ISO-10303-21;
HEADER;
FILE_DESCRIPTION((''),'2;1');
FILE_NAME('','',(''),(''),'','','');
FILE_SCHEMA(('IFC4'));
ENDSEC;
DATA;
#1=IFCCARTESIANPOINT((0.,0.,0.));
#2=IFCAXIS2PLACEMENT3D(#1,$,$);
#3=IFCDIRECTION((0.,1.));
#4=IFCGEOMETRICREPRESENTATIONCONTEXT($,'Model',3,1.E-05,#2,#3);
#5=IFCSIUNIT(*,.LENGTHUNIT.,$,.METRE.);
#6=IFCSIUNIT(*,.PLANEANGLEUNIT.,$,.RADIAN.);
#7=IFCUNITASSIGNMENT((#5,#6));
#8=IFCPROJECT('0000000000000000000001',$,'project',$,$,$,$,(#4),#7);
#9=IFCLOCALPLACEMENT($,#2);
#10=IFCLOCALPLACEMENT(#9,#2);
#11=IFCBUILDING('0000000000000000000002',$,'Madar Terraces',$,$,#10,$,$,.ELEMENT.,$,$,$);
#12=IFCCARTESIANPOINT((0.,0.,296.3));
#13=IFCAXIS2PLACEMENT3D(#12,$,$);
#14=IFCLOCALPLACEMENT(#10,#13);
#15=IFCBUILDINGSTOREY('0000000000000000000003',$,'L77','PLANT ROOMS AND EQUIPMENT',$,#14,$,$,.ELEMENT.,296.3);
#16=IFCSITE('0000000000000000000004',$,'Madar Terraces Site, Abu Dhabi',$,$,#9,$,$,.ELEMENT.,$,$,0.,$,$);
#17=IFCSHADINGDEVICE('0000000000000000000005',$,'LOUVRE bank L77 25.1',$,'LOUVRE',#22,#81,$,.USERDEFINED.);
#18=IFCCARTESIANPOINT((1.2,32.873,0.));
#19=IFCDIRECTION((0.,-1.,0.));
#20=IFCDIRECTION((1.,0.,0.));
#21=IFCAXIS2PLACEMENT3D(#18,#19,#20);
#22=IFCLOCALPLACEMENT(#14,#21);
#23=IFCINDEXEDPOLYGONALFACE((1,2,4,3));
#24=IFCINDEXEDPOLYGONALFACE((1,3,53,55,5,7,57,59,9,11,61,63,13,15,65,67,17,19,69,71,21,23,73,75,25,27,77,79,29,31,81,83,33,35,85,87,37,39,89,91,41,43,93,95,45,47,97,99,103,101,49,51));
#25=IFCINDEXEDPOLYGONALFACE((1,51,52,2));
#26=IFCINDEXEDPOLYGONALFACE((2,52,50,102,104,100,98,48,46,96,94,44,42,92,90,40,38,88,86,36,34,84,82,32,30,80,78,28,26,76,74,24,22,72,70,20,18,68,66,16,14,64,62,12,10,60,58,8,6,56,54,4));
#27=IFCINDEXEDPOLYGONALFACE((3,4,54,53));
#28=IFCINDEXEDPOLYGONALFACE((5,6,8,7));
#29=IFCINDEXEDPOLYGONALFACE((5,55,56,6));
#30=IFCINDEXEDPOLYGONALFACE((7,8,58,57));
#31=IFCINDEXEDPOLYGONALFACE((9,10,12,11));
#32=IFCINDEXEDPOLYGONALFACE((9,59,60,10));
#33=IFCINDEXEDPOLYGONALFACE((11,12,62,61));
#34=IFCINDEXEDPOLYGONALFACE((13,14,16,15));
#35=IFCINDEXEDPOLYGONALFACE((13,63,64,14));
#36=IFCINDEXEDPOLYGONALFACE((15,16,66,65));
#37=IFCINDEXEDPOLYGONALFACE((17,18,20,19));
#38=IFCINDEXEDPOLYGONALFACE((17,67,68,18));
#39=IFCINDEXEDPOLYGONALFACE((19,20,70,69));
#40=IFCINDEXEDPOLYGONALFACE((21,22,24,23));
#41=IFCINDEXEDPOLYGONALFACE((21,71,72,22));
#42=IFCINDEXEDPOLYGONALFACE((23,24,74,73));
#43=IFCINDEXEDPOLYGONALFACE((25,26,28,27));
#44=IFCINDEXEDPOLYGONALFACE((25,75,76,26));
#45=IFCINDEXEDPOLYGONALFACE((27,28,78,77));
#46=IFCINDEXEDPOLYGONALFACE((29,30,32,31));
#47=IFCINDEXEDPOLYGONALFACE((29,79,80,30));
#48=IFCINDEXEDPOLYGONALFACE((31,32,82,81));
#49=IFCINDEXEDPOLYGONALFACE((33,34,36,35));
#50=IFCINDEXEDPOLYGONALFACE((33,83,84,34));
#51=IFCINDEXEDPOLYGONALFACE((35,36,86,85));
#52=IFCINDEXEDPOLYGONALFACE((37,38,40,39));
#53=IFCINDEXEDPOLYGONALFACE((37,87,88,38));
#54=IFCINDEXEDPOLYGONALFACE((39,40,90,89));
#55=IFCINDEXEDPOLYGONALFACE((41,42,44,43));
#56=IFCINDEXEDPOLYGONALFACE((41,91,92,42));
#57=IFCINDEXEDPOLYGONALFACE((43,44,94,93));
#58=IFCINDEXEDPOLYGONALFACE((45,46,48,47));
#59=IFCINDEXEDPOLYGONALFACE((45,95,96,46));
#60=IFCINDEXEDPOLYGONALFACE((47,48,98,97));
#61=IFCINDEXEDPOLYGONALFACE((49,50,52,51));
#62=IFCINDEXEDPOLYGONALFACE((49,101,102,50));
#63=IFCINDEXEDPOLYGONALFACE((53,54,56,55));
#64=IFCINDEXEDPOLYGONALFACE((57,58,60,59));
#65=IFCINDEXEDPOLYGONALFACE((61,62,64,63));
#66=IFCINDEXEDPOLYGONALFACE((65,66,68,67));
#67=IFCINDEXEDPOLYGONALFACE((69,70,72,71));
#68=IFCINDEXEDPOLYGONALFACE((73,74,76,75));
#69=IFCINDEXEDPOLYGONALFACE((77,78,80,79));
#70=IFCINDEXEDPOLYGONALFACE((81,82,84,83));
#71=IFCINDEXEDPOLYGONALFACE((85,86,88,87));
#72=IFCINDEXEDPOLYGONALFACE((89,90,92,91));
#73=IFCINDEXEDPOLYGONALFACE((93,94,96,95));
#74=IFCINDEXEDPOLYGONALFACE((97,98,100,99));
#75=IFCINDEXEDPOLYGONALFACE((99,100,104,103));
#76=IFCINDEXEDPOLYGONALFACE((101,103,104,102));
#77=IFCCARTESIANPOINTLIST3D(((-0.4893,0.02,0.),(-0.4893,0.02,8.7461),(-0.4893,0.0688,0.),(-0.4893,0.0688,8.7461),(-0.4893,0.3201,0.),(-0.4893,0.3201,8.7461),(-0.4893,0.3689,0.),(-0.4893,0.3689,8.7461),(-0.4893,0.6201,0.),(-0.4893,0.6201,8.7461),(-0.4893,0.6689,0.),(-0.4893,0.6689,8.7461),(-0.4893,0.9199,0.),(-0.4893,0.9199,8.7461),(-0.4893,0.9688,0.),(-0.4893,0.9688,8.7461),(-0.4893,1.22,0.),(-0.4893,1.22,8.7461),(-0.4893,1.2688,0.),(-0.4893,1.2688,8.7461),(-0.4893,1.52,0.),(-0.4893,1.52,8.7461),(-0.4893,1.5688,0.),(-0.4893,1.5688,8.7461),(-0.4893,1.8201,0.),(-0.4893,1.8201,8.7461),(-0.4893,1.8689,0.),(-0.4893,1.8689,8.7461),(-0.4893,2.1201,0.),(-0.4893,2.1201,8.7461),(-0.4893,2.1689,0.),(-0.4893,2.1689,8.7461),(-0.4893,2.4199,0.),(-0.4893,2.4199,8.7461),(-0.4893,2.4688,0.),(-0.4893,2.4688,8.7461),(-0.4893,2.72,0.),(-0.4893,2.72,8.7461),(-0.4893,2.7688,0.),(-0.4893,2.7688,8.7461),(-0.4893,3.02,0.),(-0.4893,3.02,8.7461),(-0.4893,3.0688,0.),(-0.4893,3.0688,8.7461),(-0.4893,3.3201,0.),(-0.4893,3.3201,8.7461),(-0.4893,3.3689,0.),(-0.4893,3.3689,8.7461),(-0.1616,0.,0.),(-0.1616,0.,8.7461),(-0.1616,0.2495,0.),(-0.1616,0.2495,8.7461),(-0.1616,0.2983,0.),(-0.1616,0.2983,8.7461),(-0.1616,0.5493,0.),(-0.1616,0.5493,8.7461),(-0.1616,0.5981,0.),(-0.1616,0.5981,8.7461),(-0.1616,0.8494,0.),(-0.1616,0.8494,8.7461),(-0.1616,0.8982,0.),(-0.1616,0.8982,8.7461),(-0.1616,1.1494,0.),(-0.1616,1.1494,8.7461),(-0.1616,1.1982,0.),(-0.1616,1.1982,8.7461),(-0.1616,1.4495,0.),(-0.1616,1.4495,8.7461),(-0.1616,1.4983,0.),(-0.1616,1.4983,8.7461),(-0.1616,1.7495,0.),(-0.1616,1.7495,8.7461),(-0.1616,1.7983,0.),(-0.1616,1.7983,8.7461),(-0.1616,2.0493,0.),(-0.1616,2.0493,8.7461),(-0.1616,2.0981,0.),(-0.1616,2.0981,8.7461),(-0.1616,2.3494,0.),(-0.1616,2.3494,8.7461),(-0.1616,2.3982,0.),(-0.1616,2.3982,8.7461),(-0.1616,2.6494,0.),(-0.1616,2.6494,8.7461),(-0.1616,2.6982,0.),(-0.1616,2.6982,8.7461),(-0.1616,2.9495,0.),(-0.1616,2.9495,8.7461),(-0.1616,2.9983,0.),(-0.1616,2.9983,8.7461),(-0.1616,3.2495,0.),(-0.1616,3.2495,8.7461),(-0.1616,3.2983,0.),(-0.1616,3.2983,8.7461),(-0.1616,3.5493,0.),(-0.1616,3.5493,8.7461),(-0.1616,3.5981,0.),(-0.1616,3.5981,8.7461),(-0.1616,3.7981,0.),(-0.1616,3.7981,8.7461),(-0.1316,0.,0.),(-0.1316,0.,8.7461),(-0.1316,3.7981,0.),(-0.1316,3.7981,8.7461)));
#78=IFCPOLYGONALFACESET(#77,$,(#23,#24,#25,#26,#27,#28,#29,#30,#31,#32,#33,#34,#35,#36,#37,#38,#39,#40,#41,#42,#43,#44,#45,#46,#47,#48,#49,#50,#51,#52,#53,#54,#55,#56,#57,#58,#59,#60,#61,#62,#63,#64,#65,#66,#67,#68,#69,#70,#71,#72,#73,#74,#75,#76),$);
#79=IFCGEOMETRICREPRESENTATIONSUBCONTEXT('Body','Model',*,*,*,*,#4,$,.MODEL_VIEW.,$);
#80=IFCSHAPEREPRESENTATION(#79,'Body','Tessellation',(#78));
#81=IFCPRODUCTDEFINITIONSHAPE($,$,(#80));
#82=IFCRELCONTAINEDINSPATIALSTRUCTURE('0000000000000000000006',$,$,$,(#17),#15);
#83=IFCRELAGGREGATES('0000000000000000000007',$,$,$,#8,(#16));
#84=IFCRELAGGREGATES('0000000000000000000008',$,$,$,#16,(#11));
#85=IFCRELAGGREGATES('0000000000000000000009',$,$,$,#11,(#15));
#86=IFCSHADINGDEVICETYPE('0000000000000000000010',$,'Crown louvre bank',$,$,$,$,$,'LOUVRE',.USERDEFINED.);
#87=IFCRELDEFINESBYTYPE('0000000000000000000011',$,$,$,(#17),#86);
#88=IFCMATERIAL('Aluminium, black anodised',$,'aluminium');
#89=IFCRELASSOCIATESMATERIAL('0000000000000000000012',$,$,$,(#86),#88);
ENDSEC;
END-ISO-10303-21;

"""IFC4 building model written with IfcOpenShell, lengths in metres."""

from ifc_helpers import new_model, si_unit, direction, frame, origin, place, context, subcontext, project, spatial, polyline, outline, extrude, material, type_object, element, save


model = new_model("IFC4")

# Units and contexts
model_context = context("Model", 3, precision=1e-05, world=origin(), true_north=direction((0.0, 1.0)))
body_context = subcontext(model_context, "Body", "Model", "MODEL_VIEW")
ifc_project = project(units=[si_unit("LENGTHUNIT", "METRE"), si_unit("PLANEANGLEUNIT", "RADIAN")], contexts=[model_context])

# Site, building, storey
site_placement = place(None, origin())
site = spatial("IfcSite", under=ifc_project, at=site_placement, Name="Madar Terraces Site, Abu Dhabi", CompositionType="ELEMENT", RefElevation=0.0)
building_placement = place(site_placement, origin())
building = spatial("IfcBuilding", under=site, at=building_placement, Name="Madar Terraces", CompositionType="ELEMENT")
storey_placement = place(building_placement, frame((0.0, 0.0, 296.3)))
storey = spatial("IfcBuildingStorey", under=building, at=storey_placement, Name="L77", Description="PLANT ROOMS AND EQUIPMENT", CompositionType="ELEMENT", Elevation=296.3)

# Shading device
ifc_material_1 = material(Name="Aluminium, black anodised", Category="aluminium")
shading_device_type = type_object("IfcShadingDeviceType", Name="Crown louvre bank", ElementType="LOUVRE", PredefinedType="USERDEFINED", material=ifc_material_1)
shading_device_1_placement = place(storey_placement, frame((1.2, 32.873, 0.0), z_axis=(0.0, -1.0, 0.0), x_axis=(1.0, 0.0, 0.0)))
element("IfcShadingDevice", 1, at=shading_device_1_placement, inside=storey, type_object=shading_device_type, Name="LOUVRE bank L77 25.1", ObjectType="LOUVRE", PredefinedType="USERDEFINED", context=body_context, shape_type="SweptSolid", body=[
    extrude(outline(polyline([(-0.1316, 0.0), (-0.1616, 0.0), (-0.1616, 0.2495), (-0.4893, 0.02), (-0.4893, 0.0688), (-0.1616, 0.2983), (-0.1616, 0.5493), (-0.4893, 0.3201), (-0.4893, 0.3689), (-0.1616, 0.5981), (-0.1616, 0.8494), (-0.4893, 0.6201), (-0.4893, 0.6689), (-0.1616, 0.8982), (-0.1616, 1.1494), (-0.4893, 0.9199), (-0.4893, 0.9688), (-0.1616, 1.1982), (-0.1616, 1.4495), (-0.4893, 1.22), (-0.4893, 1.2688), (-0.1616, 1.4983), (-0.1616, 1.7495), (-0.4893, 1.52), (-0.4893, 1.5688), (-0.1616, 1.7983), (-0.1616, 2.0493), (-0.4893, 1.8201), (-0.4893, 1.8689), (-0.1616, 2.0981), (-0.1616, 2.3494), (-0.4893, 2.1201), (-0.4893, 2.1689), (-0.1616, 2.3982), (-0.1616, 2.6494), (-0.4893, 2.4199), (-0.4893, 2.4688), (-0.1616, 2.6982), (-0.1616, 2.9495), (-0.4893, 2.72), (-0.4893, 2.7688), (-0.1616, 2.9983), (-0.1616, 3.2495), (-0.4893, 3.02), (-0.4893, 3.0688), (-0.1616, 3.2983), (-0.1616, 3.5493), (-0.4893, 3.3201), (-0.4893, 3.3689), (-0.1616, 3.5981), (-0.1616, 3.7981), (-0.1316, 3.7981), (-0.1316, 0.0)])), origin(), (0.0, 0.0, 1.0), 8.7461),
])

save(model, "model.ifc")
